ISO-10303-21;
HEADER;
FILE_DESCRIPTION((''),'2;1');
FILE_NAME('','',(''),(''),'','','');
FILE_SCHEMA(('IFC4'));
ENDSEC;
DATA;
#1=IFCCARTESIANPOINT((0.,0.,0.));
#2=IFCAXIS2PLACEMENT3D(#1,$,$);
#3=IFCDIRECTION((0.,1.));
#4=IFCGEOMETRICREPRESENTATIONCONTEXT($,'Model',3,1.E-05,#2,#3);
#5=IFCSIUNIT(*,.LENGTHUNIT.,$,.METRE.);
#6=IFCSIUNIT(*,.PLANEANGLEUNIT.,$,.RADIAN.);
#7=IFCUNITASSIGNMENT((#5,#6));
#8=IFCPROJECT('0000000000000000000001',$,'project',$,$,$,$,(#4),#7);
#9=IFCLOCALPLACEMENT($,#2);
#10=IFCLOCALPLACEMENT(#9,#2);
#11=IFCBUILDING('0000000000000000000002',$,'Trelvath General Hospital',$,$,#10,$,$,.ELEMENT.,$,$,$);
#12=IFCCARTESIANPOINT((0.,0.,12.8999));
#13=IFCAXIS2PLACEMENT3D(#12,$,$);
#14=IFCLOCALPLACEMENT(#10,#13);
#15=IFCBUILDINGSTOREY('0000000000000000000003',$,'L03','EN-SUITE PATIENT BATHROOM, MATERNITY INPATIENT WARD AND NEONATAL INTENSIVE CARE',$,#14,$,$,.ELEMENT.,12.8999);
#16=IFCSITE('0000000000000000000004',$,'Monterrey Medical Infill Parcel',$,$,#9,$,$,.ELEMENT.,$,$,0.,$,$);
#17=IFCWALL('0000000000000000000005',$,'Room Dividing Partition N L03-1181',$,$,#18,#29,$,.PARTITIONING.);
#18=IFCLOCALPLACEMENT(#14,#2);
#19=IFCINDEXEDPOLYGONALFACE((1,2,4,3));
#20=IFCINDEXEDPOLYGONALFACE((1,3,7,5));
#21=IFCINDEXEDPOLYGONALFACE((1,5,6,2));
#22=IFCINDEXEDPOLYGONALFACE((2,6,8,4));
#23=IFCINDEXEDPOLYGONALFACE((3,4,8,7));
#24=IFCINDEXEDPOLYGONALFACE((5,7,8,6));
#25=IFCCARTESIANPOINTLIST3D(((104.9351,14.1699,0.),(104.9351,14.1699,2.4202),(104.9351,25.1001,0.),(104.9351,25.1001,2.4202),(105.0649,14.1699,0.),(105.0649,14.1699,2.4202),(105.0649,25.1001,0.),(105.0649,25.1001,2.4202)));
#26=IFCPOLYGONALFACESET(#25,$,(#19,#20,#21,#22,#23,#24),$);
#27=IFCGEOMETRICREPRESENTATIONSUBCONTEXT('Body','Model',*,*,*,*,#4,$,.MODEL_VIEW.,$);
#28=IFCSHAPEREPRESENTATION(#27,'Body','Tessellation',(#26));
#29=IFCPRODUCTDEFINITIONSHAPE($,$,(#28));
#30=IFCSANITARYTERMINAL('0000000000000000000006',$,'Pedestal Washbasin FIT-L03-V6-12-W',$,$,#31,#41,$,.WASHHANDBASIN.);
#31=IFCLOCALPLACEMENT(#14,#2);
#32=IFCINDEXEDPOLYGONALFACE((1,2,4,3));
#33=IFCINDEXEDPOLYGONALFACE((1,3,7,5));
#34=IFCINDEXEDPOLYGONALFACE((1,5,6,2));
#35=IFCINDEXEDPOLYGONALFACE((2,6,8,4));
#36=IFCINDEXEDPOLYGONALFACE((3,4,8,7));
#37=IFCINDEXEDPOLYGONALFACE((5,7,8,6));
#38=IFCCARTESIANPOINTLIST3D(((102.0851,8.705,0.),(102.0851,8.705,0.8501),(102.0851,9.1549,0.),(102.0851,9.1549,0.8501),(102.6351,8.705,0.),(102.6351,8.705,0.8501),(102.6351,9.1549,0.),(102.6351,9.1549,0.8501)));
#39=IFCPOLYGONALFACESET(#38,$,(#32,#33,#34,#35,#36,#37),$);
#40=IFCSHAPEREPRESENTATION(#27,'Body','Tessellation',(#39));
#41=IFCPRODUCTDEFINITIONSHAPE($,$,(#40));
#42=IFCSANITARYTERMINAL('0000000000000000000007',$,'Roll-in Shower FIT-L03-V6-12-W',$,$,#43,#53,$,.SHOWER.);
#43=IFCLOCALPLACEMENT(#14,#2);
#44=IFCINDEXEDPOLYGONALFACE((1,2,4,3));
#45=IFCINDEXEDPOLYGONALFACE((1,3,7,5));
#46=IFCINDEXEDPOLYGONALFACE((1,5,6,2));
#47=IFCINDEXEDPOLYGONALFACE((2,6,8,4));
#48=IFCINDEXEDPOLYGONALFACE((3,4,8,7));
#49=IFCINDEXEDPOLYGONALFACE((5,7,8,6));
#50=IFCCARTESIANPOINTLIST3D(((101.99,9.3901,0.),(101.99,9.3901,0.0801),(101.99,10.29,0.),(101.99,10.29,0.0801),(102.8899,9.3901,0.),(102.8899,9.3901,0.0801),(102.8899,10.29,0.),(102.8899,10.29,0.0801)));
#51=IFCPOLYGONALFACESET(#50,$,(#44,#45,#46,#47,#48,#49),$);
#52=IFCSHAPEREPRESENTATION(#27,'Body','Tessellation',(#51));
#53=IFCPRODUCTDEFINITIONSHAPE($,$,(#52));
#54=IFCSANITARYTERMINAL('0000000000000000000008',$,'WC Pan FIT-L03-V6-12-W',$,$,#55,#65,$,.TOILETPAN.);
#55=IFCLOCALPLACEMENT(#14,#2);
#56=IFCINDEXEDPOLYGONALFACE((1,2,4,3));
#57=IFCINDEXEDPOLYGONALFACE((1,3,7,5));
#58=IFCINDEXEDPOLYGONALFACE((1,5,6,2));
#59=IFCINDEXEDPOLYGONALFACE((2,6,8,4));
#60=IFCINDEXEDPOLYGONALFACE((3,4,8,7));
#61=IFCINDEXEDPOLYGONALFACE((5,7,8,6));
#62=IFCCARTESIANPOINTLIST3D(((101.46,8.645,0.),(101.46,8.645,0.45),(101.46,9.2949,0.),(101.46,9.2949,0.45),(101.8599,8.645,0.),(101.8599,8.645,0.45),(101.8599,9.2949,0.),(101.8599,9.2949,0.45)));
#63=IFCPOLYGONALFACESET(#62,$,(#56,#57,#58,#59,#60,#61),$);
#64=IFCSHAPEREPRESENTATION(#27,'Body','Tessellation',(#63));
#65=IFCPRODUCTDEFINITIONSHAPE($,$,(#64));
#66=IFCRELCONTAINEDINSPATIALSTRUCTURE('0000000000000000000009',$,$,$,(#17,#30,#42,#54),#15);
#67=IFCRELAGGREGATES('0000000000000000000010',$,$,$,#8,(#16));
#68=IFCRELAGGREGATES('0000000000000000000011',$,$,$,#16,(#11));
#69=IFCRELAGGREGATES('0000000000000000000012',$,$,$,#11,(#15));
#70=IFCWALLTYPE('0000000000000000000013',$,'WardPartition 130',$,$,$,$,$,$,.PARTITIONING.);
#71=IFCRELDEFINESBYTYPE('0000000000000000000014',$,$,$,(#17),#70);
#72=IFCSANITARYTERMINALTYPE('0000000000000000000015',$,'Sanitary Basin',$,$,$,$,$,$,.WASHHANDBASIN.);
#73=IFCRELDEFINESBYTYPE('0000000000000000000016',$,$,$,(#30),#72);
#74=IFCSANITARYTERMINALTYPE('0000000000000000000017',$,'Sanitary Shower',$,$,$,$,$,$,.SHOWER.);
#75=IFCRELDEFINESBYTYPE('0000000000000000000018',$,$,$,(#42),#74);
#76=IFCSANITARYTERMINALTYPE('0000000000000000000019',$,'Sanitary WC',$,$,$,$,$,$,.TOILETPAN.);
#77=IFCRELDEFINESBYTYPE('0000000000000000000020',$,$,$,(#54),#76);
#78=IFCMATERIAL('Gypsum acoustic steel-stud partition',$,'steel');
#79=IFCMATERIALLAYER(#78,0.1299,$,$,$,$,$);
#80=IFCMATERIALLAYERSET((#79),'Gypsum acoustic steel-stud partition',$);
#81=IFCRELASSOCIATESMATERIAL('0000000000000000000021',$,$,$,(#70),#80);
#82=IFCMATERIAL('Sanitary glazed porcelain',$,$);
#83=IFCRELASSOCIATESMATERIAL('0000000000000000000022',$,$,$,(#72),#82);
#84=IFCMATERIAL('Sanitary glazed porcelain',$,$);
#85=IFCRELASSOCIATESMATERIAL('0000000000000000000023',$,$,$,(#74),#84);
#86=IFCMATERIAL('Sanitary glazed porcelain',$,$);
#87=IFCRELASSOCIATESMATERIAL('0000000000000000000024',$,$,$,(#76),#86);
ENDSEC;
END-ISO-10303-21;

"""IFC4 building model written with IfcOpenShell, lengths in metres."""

from ifc_helpers import new_model, si_unit, direction, frame, frame_2d, origin, origin_2d, place, context, subcontext, project, spatial, rectangle, extrude, material, layer, layer_set, type_object, element, save


model = new_model("IFC4")

# Units and contexts
model_context = context("Model", 3, precision=1e-05, world=origin(), true_north=direction((0.0, 1.0)))
body_context = subcontext(model_context, "Body", "Model", "MODEL_VIEW")
ifc_project = project(units=[si_unit("LENGTHUNIT", "METRE"), si_unit("PLANEANGLEUNIT", "RADIAN")], contexts=[model_context])

# Site, building, storey
site_placement = place(None, origin())
site = spatial("IfcSite", under=ifc_project, at=site_placement, Name="Monterrey Medical Infill Parcel", CompositionType="ELEMENT", RefElevation=0.0)
building_placement = place(site_placement, origin())
building = spatial("IfcBuilding", under=site, at=building_placement, Name="Trelvath General Hospital", CompositionType="ELEMENT")
storey_placement = place(building_placement, frame((0.0, 0.0, 12.8999)))
storey = spatial("IfcBuildingStorey", under=building, at=storey_placement, Name="L03", Description="EN-SUITE PATIENT BATHROOM, MATERNITY INPATIENT WARD AND NEONATAL INTENSIVE CARE", CompositionType="ELEMENT", Elevation=12.8999)

# Wall
ifc_material_1 = material(Name="Gypsum acoustic steel-stud partition", Category="steel")
ifc_layer_1 = layer(ifc_material_1, 0.1299)
ifc_layer_set_1 = layer_set([ifc_layer_1], Name="Gypsum acoustic steel-stud partition")
wall_type_1 = type_object("IfcWallType", Name="WardPartition 130", PredefinedType="PARTITIONING", material=ifc_layer_set_1)
wall_1_placement = place(storey_placement, frame((105.0, 14.1699, 0.0), z_axis=(0.0, 0.0, 1.0), x_axis=(0.0, 1.0, 0.0)))
element("IfcWall", 1, at=wall_1_placement, inside=storey, type_object=wall_type_1, Name="Room Dividing Partition N L03-1181", PredefinedType="PARTITIONING", context=body_context, shape_type="SweptSolid", body=[
    extrude(rectangle(XDim=10.9302, YDim=0.1299, at=frame_2d((5.4651, 0.0))), origin(), (0.0, 0.0, 1.0), 2.4202),
])

# Sanitary terminals
ifc_material_2 = material(Name="Sanitary glazed porcelain")
sanitary_terminal_type_1 = type_object("IfcSanitaryTerminalType", Name="Sanitary Basin", PredefinedType="WASHHANDBASIN", material=ifc_material_2)
sanitary_terminal_1_placement = place(storey_placement, frame((102.3601, 8.9299, 0.0), z_axis=(0.0, 0.0, 1.0), x_axis=(1.0, 0.0, 0.0)))
element("IfcSanitaryTerminal", 2, at=sanitary_terminal_1_placement, inside=storey, type_object=sanitary_terminal_type_1, Name="Pedestal Washbasin FIT-L03-V6-12-W", PredefinedType="WASHHANDBASIN", context=body_context, shape_type="SweptSolid", body=[
    extrude(rectangle(XDim=0.55, YDim=0.45, at=origin_2d()), origin(), (0.0, 0.0, 1.0), 0.8501),
])
ifc_material_3 = material(Name="Sanitary glazed porcelain")
sanitary_terminal_type_2 = type_object("IfcSanitaryTerminalType", Name="Sanitary Shower", PredefinedType="SHOWER", material=ifc_material_3)
sanitary_terminal_2_placement = place(storey_placement, frame((102.4399, 9.8401, 0.0), z_axis=(0.0, 0.0, 1.0), x_axis=(1.0, 0.0, 0.0)))
element("IfcSanitaryTerminal", 3, at=sanitary_terminal_2_placement, inside=storey, type_object=sanitary_terminal_type_2, Name="Roll-in Shower FIT-L03-V6-12-W", PredefinedType="SHOWER", context=body_context, shape_type="SweptSolid", body=[
    extrude(rectangle(XDim=0.8999, YDim=0.8999, at=origin_2d()), origin(), (0.0, 0.0, 1.0), 0.0801),
])
ifc_material_4 = material(Name="Sanitary glazed porcelain")
sanitary_terminal_type_3 = type_object("IfcSanitaryTerminalType", Name="Sanitary WC", PredefinedType="TOILETPAN", material=ifc_material_4)
sanitary_terminal_3_placement = place(storey_placement, frame((101.6599, 8.97, 0.0), z_axis=(0.0, 0.0, 1.0), x_axis=(1.0, 0.0, 0.0)))
element("IfcSanitaryTerminal", 4, at=sanitary_terminal_3_placement, inside=storey, type_object=sanitary_terminal_type_3, Name="WC Pan FIT-L03-V6-12-W", PredefinedType="TOILETPAN", context=body_context, shape_type="SweptSolid", body=[
    extrude(rectangle(XDim=0.3999, YDim=0.6499, at=origin_2d()), origin(), (0.0, 0.0, 1.0), 0.45),
])

save(model, "model.ifc")
